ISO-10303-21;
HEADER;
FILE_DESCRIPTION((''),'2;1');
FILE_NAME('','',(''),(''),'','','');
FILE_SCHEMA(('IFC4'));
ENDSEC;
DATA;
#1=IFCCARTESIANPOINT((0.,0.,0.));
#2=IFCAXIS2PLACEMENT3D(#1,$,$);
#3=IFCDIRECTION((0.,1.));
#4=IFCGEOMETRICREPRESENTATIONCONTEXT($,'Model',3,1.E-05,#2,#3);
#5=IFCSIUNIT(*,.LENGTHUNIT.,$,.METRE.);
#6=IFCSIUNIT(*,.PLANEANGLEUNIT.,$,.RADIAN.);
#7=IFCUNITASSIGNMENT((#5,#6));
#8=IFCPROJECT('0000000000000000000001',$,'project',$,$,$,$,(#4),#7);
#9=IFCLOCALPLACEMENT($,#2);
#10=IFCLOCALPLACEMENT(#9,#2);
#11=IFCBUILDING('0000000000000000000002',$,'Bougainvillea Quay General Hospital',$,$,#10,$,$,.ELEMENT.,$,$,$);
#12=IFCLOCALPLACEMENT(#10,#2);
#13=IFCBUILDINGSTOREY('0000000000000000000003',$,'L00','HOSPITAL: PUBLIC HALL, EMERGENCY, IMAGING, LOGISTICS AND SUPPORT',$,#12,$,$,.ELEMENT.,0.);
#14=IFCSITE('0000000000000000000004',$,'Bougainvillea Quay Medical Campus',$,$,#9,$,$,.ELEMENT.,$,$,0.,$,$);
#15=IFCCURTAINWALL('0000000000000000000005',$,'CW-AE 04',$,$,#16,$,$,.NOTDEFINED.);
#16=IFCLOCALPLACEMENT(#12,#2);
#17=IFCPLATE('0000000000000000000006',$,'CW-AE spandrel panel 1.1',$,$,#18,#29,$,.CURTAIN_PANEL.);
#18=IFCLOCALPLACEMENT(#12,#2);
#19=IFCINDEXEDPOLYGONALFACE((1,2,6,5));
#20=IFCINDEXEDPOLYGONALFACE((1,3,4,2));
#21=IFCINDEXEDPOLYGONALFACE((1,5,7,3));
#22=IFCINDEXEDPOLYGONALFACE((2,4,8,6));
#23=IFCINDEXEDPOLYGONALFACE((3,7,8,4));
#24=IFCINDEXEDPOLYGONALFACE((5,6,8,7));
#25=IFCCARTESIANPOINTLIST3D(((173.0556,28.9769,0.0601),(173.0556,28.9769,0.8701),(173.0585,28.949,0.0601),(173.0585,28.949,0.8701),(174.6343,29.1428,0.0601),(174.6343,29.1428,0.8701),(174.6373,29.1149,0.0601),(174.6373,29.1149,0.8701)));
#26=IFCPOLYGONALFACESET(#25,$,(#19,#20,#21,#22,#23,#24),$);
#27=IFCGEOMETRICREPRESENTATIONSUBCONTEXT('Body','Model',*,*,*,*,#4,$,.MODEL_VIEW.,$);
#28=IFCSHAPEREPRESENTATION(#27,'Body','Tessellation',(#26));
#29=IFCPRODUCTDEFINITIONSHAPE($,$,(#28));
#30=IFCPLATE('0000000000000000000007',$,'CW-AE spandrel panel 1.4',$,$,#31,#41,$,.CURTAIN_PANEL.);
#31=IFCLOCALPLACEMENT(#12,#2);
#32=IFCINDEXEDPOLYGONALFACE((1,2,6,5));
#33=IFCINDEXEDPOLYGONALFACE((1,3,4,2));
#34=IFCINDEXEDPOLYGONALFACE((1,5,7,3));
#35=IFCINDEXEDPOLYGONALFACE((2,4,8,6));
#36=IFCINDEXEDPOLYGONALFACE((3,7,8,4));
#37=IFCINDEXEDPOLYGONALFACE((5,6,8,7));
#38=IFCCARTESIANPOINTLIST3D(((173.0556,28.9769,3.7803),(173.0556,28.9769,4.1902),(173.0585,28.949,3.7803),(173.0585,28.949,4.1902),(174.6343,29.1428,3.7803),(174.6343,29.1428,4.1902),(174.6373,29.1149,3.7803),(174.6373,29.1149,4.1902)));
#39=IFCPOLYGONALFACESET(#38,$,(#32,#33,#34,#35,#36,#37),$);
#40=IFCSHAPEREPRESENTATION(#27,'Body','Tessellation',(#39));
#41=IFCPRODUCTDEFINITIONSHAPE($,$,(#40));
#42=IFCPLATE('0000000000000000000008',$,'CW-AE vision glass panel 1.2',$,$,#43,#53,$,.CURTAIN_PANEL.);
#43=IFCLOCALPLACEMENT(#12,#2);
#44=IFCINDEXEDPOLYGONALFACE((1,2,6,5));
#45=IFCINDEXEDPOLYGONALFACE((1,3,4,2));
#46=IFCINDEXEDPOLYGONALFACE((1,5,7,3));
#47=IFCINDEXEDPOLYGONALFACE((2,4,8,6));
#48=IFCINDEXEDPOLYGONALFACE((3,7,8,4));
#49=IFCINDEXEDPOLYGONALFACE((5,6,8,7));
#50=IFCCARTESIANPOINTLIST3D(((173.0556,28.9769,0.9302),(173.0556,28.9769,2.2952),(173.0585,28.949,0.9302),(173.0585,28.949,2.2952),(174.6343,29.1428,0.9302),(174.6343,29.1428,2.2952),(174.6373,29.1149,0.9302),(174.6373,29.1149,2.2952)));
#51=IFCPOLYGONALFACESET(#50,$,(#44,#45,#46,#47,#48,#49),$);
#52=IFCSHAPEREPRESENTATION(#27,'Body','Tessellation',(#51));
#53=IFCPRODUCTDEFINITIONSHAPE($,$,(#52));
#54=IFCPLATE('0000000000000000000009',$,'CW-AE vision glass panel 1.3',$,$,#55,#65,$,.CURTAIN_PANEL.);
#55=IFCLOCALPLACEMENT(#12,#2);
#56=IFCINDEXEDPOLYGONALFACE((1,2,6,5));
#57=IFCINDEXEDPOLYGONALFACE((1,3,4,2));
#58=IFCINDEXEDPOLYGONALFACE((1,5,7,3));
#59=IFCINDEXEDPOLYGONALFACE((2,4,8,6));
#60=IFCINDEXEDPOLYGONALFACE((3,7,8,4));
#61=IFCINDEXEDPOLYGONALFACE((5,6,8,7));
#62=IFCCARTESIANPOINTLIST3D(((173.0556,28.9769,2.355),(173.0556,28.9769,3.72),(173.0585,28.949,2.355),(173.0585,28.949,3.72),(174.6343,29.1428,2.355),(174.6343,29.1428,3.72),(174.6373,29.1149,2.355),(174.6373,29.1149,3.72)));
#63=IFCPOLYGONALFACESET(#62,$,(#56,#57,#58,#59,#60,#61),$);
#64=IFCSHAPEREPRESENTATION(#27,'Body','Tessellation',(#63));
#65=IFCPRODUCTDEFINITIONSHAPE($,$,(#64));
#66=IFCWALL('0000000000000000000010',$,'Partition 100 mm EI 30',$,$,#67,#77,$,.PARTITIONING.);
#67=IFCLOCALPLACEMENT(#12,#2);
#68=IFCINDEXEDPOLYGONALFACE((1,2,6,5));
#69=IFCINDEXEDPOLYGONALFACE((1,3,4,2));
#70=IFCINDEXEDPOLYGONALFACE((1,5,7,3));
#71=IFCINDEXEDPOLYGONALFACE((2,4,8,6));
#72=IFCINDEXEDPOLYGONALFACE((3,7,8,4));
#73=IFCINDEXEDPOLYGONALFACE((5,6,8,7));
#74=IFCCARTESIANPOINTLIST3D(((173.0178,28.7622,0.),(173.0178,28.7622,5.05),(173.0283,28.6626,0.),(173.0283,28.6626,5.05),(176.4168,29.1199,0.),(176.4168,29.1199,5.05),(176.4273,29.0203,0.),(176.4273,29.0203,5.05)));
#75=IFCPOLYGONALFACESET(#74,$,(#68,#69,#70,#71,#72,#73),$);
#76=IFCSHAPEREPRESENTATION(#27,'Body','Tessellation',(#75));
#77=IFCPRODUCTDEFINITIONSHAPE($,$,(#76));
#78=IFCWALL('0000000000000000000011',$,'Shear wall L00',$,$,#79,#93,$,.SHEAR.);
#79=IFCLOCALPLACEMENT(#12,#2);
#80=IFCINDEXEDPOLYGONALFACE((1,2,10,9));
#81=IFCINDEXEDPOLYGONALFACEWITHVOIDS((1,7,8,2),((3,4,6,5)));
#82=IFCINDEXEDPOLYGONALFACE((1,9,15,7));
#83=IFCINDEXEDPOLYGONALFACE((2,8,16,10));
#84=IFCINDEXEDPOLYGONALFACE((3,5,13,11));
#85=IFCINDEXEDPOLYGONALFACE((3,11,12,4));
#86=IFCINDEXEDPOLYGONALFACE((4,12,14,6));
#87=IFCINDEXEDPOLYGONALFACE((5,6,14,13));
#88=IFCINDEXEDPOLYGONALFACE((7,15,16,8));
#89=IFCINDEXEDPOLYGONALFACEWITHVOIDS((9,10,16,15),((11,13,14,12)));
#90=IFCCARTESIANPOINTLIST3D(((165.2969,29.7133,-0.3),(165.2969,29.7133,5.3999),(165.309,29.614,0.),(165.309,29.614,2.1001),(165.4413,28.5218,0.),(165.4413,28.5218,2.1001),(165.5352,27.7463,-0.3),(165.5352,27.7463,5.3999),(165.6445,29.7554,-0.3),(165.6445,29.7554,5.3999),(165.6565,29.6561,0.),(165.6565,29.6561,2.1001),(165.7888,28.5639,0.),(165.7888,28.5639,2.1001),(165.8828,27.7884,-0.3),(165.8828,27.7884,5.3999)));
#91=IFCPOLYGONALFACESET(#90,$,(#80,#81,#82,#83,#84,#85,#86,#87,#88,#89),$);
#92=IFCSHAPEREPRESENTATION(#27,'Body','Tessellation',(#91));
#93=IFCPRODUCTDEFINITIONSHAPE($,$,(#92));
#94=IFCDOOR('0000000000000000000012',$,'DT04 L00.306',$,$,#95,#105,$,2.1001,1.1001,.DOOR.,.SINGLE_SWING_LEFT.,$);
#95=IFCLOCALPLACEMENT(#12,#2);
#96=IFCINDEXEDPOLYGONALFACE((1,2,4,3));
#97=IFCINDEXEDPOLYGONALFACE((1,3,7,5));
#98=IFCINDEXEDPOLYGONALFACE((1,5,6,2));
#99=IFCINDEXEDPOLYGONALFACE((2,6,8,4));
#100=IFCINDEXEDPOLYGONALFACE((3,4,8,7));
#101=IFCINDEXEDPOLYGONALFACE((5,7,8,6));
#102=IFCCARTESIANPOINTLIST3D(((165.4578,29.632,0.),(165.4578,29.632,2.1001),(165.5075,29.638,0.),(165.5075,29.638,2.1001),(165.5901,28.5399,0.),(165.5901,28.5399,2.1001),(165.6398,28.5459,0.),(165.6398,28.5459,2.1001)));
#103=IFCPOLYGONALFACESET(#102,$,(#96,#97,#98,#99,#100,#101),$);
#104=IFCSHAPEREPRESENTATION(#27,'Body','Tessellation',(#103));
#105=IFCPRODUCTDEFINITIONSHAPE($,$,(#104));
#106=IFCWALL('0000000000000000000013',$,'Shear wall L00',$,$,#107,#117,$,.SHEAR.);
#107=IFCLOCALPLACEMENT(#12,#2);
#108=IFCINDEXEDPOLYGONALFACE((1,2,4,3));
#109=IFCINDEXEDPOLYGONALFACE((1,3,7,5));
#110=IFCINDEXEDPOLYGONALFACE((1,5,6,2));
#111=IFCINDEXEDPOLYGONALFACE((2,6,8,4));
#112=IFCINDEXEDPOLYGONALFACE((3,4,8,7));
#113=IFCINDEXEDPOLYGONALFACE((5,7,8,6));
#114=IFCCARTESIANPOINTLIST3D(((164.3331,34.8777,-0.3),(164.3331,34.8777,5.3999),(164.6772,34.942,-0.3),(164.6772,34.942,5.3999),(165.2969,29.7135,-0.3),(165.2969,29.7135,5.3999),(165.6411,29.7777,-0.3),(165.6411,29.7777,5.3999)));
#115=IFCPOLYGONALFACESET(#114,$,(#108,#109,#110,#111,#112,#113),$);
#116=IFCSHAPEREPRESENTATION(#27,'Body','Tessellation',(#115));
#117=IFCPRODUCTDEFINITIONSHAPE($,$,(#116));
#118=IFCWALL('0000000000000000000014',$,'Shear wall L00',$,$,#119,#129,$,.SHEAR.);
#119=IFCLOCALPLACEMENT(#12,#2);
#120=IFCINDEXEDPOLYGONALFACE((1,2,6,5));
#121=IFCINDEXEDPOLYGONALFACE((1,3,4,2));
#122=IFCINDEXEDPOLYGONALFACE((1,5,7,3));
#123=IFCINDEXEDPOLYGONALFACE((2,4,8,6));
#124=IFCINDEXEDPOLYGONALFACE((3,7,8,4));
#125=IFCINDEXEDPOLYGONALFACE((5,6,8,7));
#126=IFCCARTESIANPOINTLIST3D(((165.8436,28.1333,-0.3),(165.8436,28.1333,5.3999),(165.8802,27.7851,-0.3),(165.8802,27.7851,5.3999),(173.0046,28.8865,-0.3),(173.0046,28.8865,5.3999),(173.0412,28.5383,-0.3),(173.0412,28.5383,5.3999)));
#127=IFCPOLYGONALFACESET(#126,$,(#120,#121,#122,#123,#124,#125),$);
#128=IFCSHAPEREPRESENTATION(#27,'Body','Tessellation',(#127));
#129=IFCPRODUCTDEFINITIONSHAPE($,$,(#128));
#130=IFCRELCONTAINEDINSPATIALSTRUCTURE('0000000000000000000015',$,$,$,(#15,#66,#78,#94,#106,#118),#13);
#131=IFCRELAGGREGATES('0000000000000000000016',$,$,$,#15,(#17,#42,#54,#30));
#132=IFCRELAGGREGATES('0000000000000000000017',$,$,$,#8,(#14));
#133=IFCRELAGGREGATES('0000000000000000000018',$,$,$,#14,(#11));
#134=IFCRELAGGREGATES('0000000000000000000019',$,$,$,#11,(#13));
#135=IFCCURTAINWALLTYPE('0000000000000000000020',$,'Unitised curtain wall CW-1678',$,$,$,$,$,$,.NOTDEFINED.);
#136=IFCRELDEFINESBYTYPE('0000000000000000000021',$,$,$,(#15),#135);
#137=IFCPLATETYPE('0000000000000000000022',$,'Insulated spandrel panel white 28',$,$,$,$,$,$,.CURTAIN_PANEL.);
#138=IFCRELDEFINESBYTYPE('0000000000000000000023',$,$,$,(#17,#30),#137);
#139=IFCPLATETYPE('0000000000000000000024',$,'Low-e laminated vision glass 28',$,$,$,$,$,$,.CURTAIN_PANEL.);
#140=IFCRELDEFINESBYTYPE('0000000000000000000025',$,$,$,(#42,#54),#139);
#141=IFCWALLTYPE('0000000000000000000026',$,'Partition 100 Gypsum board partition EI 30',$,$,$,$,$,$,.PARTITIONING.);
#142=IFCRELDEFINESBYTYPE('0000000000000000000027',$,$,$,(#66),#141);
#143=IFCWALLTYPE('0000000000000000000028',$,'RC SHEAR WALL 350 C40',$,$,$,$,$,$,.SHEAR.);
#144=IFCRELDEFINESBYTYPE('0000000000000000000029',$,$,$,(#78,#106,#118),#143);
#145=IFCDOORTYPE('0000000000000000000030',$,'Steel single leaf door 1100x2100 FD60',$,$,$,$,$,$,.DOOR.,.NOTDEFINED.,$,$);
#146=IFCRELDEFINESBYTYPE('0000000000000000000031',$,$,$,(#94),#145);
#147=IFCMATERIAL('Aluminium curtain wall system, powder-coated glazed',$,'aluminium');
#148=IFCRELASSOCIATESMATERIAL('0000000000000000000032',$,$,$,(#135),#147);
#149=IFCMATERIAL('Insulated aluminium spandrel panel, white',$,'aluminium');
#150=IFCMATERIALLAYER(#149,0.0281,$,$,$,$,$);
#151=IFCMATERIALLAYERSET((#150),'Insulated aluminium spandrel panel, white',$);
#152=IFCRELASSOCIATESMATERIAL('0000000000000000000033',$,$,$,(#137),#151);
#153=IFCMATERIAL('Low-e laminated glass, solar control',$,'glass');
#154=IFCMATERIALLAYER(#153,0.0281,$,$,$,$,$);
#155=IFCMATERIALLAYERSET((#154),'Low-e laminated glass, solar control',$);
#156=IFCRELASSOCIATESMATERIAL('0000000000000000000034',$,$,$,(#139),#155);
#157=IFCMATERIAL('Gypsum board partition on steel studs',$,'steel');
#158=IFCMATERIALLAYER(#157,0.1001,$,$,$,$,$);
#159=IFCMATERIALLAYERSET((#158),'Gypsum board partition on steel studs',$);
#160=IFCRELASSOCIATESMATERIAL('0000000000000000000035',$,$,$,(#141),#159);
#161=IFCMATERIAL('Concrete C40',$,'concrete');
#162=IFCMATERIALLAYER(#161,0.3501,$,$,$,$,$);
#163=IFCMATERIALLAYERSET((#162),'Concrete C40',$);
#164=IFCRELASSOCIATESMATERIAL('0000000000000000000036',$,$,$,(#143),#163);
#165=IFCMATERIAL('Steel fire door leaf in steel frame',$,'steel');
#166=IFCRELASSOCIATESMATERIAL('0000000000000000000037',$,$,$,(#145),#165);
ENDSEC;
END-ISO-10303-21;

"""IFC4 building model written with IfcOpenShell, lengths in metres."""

from ifc_helpers import new_model, si_unit, direction, frame, frame_2d, origin, origin_2d, place, context, subcontext, project, spatial, rectangle, extrude, material, layer, layer_set, type_object, element, fill, aggregate, save


model = new_model("IFC4")

# Units and contexts
model_context = context("Model", 3, precision=1e-05, world=origin(), true_north=direction((0.0, 1.0)))
body_context = subcontext(model_context, "Body", "Model", "MODEL_VIEW")
ifc_project = project(units=[si_unit("LENGTHUNIT", "METRE"), si_unit("PLANEANGLEUNIT", "RADIAN")], contexts=[model_context])

# Site, building, storey
site_placement = place(None, origin())
site = spatial("IfcSite", under=ifc_project, at=site_placement, Name="Bougainvillea Quay Medical Campus", CompositionType="ELEMENT", RefElevation=0.0)
building_placement = place(site_placement, origin())
building = spatial("IfcBuilding", under=site, at=building_placement, Name="Bougainvillea Quay General Hospital", CompositionType="ELEMENT")
storey_placement = place(building_placement, origin())
storey = spatial("IfcBuildingStorey", under=building, at=storey_placement, Name="L00", Description="HOSPITAL: PUBLIC HALL, EMERGENCY, IMAGING, LOGISTICS AND SUPPORT", CompositionType="ELEMENT", Elevation=0.0)

# Shared definitions
ifc_material_1 = material(Name="Concrete C40", Category="concrete")

# Curtain wall, plates
ifc_material_2 = material(Name="Aluminium curtain wall system, powder-coated glazed", Category="aluminium")
curtain_wall_type = type_object("IfcCurtainWallType", Name="Unitised curtain wall CW-1678", PredefinedType="NOTDEFINED", material=ifc_material_2)
curtain_wall_placement = place(storey_placement, origin())
curtain_wall = element("IfcCurtainWall", 1, at=curtain_wall_placement, inside=storey, type_object=curtain_wall_type, Name="CW-AE 04", PredefinedType="NOTDEFINED")
ifc_material_3 = material(Name="Insulated aluminium spandrel panel, white", Category="aluminium")
ifc_layer_1 = layer(ifc_material_3, 0.0281)
ifc_layer_set_1 = layer_set([ifc_layer_1], Name="Insulated aluminium spandrel panel, white")
plate_type_1 = type_object("IfcPlateType", Name="Insulated spandrel panel white 28", PredefinedType="CURTAIN_PANEL", material=ifc_layer_set_1)
plate_1_placement = place(storey_placement, frame((173.8464, 29.0459, 0.0601), z_axis=(0.0, 0.0, 1.0), x_axis=(0.994522, 0.104527, 0.0)))
plate_1 = element("IfcPlate", 2, at=plate_1_placement, type_object=plate_type_1, Name="CW-AE spandrel panel 1.1", PredefinedType="CURTAIN_PANEL", context=body_context, shape_type="SweptSolid", body=[
    extrude(rectangle(XDim=1.5874, YDim=0.0281, at=origin_2d()), origin(), (0.0, 0.0, 1.0), 0.8101),
])
plate_2_placement = place(storey_placement, frame((173.8464, 29.0459, 3.7803), z_axis=(0.0, 0.0, 1.0), x_axis=(0.994522, 0.104527, 0.0)))
plate_2 = element("IfcPlate", 3, at=plate_2_placement, type_object=plate_type_1, Name="CW-AE spandrel panel 1.4", PredefinedType="CURTAIN_PANEL", context=body_context, shape_type="SweptSolid", body=[
    extrude(rectangle(XDim=1.5874, YDim=0.0281, at=origin_2d()), origin(), (0.0, 0.0, 1.0), 0.4099),
])
ifc_material_4 = material(Name="Low-e laminated glass, solar control", Category="glass")
ifc_layer_2 = layer(ifc_material_4, 0.0281)
ifc_layer_set_2 = layer_set([ifc_layer_2], Name="Low-e laminated glass, solar control")
plate_type_2 = type_object("IfcPlateType", Name="Low-e laminated vision glass 28", PredefinedType="CURTAIN_PANEL", material=ifc_layer_set_2)
plate_3_placement = place(storey_placement, frame((173.8464, 29.0459, 0.9302), z_axis=(0.0, 0.0, 1.0), x_axis=(0.994522, 0.104527, 0.0)))
plate_3 = element("IfcPlate", 4, at=plate_3_placement, type_object=plate_type_2, Name="CW-AE vision glass panel 1.2", PredefinedType="CURTAIN_PANEL", context=body_context, shape_type="SweptSolid", body=[
    extrude(rectangle(XDim=1.5874, YDim=0.0281, at=origin_2d()), origin(), (0.0, 0.0, 1.0), 1.365),
])
plate_4_placement = place(storey_placement, frame((173.8464, 29.0459, 2.355), z_axis=(0.0, 0.0, 1.0), x_axis=(0.994522, 0.104527, 0.0)))
plate_4 = element("IfcPlate", 5, at=plate_4_placement, type_object=plate_type_2, Name="CW-AE vision glass panel 1.3", PredefinedType="CURTAIN_PANEL", context=body_context, shape_type="SweptSolid", body=[
    extrude(rectangle(XDim=1.5874, YDim=0.0281, at=origin_2d()), origin(), (0.0, 0.0, 1.0), 1.365),
])
aggregate(curtain_wall, [plate_1, plate_3, plate_4, plate_2])

# Wall
ifc_material_5 = material(Name="Gypsum board partition on steel studs", Category="steel")
ifc_layer_3 = layer(ifc_material_5, 0.1001)
ifc_layer_set_3 = layer_set([ifc_layer_3], Name="Gypsum board partition on steel studs")
wall_type_1 = type_object("IfcWallType", Name="Partition 100 Gypsum board partition EI 30", PredefinedType="PARTITIONING", material=ifc_layer_set_3)
wall_1_placement = place(storey_placement, frame((173.0229, 28.7124, 0.0), z_axis=(0.0, 0.0, 1.0), x_axis=(0.994509, 0.104651, 0.0)))
element("IfcWall", 6, at=wall_1_placement, inside=storey, type_object=wall_type_1, Name="Partition 100 mm EI 30", PredefinedType="PARTITIONING", context=body_context, shape_type="SweptSolid", body=[
    extrude(rectangle(XDim=3.4177, YDim=0.1001, at=frame_2d((1.709, 0.0))), origin(), (0.0, 0.0, 1.0), 5.05),
])

# Wall, opening, door
ifc_layer_4 = layer(ifc_material_1, 0.3501)
ifc_layer_set_4 = layer_set([ifc_layer_4], Name="Concrete C40")
wall_type_2 = type_object("IfcWallType", Name="RC SHEAR WALL 350 C40", PredefinedType="SHEAR", material=ifc_layer_set_4)
wall_2_placement = place(storey_placement, frame((165.4707, 29.7344, -0.3), z_axis=(0.0, 0.0, 1.0), x_axis=(0.120258, -0.992743, 0.0)))
wall_2 = element("IfcWall", 7, at=wall_2_placement, inside=storey, type_object=wall_type_2, Name="Shear wall L00", PredefinedType="SHEAR", context=body_context, shape_type="SweptSolid", body=[
    extrude(rectangle(XDim=1.9814, YDim=0.3501, at=frame_2d((0.9907, 0.0))), origin(), (0.0, 0.0, 1.0), 5.7),
])
opening_placement = place(wall_2_placement, frame((0.1001, 0.0, 0.3)))
opening = element("IfcOpeningElement", 8, at=opening_placement, cuts=wall_2, PredefinedType="OPENING", context=body_context, shape_type="SweptSolid", body=[
    extrude(rectangle(XDim=1.1001, YDim=2.1001, at=frame_2d((0.55, 1.05))), frame((0.0, 0.1851, 0.0), z_axis=(0.0, -1.0, 0.0), x_axis=(1.0, 0.0, 0.0)), (0.0, 0.0, 1.0), 0.3701),
])
ifc_material_6 = material(Name="Steel fire door leaf in steel frame", Category="steel")
door_type = type_object("IfcDoorType", Name="Steel single leaf door 1100x2100 FD60", OperationType="NOTDEFINED", PredefinedType="DOOR", material=ifc_material_6)
door_placement = place(opening_placement, origin())
door = element("IfcDoor", 9, at=door_placement, inside=storey, type_object=door_type, Name="DT04 L00.306", OperationType="SINGLE_SWING_LEFT", OverallHeight=2.1001, OverallWidth=1.1001, PredefinedType="DOOR", context=body_context, shape_type="SweptSolid", body=[
    extrude(rectangle(XDim=1.1001, YDim=2.1001, at=frame_2d((0.55, 1.05))), frame((0.0, 0.0249, 0.0), z_axis=(0.0, -1.0, 0.0), x_axis=(1.0, 0.0, 0.0)), (0.0, 0.0, 1.0), 0.05),
])
fill(opening, door)

# Walls
wall_3_placement = place(storey_placement, frame((165.469, 29.7456, -0.3), z_axis=(0.0, 0.0, 1.0), x_axis=(-0.183472, 0.983025, 0.0)))
element("IfcWall", 10, at=wall_3_placement, inside=storey, type_object=wall_type_2, Name="Shear wall L00", PredefinedType="SHEAR", context=body_context, shape_type="SweptSolid", body=[
    extrude(rectangle(XDim=5.2534, YDim=0.3501, at=frame_2d((2.6267, 0.0))), origin(), (0.0, 0.0, 1.0), 5.7),
])
wall_4_placement = place(storey_placement, frame((165.8621, 27.9592, -0.3), z_axis=(0.0, 0.0, 1.0), x_axis=(0.994514, 0.104602, 0.0)))
element("IfcWall", 11, at=wall_4_placement, inside=storey, type_object=wall_type_2, Name="Shear wall L00", PredefinedType="SHEAR", context=body_context, shape_type="SweptSolid", body=[
    extrude(rectangle(XDim=7.2004, YDim=0.3501, at=frame_2d((3.6001, 0.0))), origin(), (0.0, 0.0, 1.0), 5.7),
])

save(model, "model.ifc")
